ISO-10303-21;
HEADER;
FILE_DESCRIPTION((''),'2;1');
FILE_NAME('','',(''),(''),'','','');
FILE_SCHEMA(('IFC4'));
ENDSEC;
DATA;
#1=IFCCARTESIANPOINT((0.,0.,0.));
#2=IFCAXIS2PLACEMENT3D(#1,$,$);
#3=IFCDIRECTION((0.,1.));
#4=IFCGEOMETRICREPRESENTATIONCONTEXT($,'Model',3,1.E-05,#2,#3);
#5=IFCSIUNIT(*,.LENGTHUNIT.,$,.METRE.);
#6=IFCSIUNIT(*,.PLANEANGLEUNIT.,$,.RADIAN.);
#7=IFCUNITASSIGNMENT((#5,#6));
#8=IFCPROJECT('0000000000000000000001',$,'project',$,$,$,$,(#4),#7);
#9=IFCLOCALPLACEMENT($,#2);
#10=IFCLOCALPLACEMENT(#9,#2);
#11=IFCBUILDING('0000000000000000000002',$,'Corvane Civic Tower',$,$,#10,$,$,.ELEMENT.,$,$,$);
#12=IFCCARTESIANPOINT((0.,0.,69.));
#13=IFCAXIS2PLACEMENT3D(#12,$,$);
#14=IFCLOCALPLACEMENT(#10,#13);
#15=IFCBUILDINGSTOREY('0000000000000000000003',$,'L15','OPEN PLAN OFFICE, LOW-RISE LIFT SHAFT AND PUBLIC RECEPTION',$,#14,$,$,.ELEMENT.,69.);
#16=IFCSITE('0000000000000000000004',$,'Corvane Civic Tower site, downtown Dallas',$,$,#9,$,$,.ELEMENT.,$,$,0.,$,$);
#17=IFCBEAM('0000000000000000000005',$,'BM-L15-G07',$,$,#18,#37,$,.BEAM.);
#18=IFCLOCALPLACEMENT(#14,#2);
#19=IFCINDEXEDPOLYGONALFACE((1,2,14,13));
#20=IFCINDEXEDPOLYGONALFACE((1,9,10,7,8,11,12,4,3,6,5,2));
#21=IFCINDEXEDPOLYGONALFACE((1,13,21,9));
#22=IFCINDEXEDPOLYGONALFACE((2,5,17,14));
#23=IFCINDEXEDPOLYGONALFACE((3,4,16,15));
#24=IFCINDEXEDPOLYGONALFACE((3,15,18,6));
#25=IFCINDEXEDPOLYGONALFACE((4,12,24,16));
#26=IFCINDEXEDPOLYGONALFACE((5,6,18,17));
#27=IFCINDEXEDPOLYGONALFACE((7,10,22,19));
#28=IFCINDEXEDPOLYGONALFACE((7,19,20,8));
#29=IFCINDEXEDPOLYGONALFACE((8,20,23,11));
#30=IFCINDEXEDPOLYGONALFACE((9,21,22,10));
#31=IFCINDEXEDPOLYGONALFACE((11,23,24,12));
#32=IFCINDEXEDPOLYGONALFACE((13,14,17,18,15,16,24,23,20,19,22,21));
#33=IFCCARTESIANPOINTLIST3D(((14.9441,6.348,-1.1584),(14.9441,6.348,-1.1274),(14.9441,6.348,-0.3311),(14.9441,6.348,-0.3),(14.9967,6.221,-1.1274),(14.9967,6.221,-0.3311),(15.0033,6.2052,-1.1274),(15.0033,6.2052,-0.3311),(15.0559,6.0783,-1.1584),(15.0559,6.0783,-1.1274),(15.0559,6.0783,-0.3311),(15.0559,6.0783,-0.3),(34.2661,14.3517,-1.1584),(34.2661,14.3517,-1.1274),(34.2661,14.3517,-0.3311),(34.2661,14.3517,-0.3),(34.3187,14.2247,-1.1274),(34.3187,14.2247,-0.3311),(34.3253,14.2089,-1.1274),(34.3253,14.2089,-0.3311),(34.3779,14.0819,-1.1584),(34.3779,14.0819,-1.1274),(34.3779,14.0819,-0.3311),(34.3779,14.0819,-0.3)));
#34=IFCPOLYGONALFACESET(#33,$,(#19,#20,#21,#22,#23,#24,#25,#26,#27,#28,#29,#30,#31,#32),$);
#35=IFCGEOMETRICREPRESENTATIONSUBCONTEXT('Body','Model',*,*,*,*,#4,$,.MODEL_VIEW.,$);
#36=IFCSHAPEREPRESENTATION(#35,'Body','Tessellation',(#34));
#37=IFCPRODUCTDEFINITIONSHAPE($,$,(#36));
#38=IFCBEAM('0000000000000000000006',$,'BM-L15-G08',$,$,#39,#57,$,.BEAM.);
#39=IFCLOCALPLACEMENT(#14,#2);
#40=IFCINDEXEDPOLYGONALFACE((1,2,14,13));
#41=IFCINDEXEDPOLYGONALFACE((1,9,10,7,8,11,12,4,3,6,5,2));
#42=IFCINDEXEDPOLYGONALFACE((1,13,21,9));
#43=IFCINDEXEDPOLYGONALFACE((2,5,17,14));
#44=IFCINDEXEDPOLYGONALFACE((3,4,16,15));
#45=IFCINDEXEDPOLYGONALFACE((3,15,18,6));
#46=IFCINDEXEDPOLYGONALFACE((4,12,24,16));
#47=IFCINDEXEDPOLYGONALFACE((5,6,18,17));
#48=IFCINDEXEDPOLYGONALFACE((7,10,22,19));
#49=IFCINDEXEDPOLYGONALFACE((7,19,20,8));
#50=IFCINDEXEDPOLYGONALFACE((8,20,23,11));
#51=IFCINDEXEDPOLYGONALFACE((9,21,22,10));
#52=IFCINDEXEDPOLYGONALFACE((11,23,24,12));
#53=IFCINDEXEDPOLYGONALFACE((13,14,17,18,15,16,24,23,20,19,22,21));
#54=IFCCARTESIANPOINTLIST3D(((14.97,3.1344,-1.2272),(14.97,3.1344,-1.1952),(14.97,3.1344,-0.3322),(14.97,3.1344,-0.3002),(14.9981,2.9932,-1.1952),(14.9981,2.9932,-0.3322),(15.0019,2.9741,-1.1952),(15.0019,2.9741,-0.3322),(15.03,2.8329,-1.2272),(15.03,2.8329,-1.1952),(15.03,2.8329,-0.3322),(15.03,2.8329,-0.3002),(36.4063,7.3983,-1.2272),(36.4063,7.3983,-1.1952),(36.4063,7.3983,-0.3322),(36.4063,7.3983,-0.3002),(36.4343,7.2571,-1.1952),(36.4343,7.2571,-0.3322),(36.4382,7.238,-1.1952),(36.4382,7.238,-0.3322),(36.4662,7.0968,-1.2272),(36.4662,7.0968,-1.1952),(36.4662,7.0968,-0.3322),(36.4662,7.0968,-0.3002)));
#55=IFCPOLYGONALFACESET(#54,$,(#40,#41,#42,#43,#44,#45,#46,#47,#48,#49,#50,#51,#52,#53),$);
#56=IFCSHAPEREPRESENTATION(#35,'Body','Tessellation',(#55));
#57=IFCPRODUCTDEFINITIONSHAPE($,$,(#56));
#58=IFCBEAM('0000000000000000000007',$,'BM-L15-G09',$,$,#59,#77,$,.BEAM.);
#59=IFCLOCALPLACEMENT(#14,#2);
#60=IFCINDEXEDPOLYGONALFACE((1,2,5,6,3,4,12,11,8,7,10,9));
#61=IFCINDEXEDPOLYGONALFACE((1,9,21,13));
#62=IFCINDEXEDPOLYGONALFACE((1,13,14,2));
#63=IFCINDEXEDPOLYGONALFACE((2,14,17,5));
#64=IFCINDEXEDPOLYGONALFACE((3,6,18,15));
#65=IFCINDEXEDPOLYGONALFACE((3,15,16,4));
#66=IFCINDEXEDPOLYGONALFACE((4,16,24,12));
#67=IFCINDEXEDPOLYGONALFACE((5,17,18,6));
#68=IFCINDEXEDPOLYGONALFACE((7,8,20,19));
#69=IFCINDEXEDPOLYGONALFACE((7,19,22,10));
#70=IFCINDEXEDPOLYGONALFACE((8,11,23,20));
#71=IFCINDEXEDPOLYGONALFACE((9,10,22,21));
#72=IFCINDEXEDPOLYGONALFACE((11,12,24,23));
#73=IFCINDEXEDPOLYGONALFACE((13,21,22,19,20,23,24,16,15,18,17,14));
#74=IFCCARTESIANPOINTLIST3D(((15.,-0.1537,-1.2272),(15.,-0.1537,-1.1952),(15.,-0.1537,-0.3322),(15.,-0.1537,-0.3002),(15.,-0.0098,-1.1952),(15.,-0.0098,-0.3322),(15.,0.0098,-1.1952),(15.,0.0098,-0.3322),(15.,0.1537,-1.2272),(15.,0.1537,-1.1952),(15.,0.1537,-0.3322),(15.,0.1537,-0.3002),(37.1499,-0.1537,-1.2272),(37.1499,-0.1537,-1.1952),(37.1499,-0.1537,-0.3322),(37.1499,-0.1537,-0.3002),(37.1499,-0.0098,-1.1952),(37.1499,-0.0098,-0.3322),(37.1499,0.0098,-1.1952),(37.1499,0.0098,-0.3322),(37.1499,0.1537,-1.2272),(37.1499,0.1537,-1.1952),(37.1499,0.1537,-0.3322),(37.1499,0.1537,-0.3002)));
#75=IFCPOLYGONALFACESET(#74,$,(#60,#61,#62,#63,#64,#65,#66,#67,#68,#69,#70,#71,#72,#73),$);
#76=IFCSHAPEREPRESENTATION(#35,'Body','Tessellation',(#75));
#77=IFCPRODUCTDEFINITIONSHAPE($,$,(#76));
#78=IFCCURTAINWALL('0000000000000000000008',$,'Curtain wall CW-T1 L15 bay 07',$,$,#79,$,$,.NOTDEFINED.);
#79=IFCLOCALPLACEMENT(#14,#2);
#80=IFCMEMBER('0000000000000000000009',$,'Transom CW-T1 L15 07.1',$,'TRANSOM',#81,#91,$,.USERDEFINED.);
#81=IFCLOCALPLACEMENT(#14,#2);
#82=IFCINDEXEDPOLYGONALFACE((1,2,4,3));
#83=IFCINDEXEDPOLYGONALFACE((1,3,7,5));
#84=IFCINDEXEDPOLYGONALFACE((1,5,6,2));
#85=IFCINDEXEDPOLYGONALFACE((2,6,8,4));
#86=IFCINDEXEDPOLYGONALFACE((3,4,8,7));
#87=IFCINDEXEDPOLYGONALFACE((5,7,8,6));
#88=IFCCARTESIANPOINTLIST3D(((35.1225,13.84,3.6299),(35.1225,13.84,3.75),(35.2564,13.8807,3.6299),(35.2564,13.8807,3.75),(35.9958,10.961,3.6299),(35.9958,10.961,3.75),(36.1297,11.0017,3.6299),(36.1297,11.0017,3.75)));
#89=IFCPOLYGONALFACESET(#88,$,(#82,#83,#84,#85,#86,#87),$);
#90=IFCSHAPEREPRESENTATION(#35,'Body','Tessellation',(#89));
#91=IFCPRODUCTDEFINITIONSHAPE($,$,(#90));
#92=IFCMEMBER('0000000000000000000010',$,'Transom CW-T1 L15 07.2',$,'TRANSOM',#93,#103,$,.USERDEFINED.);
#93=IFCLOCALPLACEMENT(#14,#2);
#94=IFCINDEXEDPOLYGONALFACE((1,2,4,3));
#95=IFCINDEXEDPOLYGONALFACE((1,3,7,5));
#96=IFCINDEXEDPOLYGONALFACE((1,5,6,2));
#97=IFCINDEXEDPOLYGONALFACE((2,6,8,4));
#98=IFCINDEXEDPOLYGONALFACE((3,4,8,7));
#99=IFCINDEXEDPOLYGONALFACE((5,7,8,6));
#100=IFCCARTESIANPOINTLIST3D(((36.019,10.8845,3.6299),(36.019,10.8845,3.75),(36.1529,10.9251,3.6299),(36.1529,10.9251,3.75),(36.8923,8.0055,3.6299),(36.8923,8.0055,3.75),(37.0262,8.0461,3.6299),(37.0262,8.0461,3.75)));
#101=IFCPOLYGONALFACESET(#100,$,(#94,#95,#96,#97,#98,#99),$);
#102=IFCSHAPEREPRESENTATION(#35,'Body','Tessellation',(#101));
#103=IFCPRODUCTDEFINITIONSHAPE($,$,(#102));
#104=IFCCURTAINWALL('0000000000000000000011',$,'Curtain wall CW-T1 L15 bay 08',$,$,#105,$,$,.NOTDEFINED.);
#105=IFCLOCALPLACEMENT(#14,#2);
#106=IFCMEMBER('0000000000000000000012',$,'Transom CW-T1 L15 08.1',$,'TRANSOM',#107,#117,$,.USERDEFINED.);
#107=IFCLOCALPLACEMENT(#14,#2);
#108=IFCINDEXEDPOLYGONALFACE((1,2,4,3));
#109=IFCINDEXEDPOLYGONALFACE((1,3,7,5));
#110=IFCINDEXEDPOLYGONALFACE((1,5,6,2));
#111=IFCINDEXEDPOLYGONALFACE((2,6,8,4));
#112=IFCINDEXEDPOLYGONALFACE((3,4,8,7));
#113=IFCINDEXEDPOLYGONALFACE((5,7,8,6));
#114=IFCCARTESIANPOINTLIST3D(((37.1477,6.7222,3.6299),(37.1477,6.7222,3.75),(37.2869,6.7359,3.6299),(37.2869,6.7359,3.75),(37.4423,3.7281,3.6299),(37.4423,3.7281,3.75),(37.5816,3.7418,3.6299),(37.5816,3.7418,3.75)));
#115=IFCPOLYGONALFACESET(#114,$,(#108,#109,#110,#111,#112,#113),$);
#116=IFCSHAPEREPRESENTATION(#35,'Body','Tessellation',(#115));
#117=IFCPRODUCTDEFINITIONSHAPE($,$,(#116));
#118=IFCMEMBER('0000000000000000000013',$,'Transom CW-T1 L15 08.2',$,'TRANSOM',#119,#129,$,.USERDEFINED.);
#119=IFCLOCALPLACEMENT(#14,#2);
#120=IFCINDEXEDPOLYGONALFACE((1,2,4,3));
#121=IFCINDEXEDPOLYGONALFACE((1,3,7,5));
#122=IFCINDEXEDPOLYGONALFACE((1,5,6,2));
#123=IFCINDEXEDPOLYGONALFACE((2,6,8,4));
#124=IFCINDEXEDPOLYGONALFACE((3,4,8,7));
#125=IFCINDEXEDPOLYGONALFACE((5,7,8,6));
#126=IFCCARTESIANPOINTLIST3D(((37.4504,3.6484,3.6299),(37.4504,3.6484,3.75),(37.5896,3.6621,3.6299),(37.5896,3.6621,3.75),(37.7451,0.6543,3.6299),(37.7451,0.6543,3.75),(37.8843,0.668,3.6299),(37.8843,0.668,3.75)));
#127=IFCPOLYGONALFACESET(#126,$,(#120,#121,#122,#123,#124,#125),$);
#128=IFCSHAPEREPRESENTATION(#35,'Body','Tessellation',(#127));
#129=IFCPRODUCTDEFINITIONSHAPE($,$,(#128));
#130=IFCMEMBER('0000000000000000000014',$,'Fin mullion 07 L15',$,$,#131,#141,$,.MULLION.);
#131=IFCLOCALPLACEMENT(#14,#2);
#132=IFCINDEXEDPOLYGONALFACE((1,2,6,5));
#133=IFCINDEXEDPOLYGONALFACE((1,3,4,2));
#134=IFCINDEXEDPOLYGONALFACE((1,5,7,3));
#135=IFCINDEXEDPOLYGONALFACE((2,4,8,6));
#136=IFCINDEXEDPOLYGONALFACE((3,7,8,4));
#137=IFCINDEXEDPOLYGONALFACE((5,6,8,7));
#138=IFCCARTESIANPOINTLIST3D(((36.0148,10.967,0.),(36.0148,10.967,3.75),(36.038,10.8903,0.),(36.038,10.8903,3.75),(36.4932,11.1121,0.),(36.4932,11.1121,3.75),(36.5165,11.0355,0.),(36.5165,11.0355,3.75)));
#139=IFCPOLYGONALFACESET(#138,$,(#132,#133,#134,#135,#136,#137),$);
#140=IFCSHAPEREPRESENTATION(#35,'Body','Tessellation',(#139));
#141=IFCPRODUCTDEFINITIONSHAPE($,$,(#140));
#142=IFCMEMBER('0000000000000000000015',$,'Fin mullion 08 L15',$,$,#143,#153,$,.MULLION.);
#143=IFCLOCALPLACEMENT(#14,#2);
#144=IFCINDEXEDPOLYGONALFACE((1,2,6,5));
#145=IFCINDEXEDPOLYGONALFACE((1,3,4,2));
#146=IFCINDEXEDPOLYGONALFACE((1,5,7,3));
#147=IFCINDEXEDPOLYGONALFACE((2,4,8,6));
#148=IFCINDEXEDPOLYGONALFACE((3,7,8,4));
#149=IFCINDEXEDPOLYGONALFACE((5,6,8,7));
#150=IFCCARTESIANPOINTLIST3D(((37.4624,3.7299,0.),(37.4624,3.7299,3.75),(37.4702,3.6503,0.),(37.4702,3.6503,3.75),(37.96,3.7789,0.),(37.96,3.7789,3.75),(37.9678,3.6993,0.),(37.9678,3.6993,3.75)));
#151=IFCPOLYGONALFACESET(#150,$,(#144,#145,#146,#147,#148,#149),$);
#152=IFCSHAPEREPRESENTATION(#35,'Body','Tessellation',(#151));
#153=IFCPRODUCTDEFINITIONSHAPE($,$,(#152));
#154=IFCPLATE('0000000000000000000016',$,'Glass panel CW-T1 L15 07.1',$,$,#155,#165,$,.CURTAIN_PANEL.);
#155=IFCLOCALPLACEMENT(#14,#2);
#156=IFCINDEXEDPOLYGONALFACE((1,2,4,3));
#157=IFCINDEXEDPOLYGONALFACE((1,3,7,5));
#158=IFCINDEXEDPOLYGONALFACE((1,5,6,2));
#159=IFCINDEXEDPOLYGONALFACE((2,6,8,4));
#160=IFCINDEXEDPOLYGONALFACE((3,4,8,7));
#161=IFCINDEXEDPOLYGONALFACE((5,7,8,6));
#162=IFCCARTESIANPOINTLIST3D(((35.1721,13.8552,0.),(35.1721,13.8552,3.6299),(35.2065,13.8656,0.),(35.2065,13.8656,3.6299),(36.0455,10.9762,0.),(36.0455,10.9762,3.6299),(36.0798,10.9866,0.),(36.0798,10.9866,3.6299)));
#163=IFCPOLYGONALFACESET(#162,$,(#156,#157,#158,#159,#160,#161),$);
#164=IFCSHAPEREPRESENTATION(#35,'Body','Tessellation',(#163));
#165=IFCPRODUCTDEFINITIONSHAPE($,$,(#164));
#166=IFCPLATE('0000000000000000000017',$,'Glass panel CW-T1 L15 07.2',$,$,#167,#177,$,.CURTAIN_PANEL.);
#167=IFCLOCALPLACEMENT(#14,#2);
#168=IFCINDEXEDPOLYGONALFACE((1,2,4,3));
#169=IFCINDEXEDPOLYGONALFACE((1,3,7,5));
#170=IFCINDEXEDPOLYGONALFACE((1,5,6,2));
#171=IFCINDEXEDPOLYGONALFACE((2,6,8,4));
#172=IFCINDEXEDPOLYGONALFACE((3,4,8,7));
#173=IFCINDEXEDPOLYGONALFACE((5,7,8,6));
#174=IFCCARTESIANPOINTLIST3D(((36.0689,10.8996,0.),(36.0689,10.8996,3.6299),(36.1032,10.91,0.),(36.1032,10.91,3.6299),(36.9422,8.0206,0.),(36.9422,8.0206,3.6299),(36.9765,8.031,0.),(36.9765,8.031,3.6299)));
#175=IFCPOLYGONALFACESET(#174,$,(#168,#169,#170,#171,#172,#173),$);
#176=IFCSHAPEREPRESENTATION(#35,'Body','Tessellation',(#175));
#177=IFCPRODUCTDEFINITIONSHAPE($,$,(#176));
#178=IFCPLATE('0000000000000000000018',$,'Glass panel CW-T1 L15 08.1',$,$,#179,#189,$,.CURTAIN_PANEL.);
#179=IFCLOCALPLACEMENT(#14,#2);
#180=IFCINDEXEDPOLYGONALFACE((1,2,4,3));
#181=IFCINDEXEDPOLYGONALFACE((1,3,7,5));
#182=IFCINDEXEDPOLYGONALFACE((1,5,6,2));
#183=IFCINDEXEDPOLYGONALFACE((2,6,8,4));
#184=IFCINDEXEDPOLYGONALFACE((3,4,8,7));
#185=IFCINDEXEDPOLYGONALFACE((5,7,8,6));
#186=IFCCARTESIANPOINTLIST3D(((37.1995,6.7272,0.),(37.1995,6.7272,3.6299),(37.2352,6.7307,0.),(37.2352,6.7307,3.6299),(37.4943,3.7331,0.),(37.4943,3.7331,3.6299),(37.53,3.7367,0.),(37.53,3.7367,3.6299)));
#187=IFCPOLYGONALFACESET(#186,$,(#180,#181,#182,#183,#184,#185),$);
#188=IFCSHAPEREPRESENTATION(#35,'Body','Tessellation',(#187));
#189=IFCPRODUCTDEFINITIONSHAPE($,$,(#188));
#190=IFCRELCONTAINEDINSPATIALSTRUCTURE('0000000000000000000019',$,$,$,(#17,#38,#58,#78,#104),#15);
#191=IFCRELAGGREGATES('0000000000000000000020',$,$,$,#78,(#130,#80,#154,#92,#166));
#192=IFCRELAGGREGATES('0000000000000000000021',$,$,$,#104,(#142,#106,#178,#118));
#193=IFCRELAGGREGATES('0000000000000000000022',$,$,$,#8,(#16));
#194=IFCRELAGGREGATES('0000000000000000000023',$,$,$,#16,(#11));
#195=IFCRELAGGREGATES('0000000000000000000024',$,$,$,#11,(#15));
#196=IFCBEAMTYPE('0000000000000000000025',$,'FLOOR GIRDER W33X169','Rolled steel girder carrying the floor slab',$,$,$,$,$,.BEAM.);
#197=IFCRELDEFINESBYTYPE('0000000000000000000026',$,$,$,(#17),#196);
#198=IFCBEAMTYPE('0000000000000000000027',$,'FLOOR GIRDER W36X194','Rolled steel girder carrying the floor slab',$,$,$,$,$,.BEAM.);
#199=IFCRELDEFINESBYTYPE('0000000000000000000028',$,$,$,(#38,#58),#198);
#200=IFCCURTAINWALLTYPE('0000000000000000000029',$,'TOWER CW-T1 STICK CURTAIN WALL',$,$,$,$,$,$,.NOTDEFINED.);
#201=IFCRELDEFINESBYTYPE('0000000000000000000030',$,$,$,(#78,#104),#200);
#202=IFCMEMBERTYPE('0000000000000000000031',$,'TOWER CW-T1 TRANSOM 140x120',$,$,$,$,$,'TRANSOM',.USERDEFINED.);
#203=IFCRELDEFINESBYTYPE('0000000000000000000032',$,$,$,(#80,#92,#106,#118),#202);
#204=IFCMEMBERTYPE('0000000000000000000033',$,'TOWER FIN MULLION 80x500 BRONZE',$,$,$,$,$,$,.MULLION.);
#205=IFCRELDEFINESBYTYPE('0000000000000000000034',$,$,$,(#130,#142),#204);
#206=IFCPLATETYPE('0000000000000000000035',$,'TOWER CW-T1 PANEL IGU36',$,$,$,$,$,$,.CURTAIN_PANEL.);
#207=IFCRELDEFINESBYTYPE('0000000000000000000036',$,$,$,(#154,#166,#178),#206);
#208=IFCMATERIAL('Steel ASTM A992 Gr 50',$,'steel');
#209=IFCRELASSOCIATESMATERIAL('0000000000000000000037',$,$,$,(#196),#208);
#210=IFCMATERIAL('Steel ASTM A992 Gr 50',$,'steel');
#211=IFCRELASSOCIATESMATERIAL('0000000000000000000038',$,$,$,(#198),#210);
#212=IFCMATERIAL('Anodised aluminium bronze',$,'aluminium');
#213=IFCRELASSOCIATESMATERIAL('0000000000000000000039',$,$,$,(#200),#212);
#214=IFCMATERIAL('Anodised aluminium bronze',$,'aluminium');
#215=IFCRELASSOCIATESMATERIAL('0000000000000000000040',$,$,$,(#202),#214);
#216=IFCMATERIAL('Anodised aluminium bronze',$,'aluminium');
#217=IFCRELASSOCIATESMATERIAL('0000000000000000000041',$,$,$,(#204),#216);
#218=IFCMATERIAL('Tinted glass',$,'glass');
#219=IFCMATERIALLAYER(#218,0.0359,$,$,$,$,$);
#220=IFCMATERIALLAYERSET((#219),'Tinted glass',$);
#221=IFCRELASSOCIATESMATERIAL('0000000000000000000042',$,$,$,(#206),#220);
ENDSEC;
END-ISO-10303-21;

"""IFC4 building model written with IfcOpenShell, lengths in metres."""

from ifc_helpers import new_model, si_unit, direction, frame, origin, origin_2d, place, context, subcontext, project, spatial, rectangle, i_section, extrude, material, layer, layer_set, material_profile, profile_set, type_object, element, aggregate, save


model = new_model("IFC4")

# Units and contexts
model_context = context("Model", 3, precision=1e-05, world=origin(), true_north=direction((0.0, 1.0)))
body_context = subcontext(model_context, "Body", "Model", "MODEL_VIEW")
ifc_project = project(units=[si_unit("LENGTHUNIT", "METRE"), si_unit("PLANEANGLEUNIT", "RADIAN")], contexts=[model_context])

# Site, building, storey
site_placement = place(None, origin())
site = spatial("IfcSite", under=ifc_project, at=site_placement, Name="Corvane Civic Tower site, downtown Dallas", CompositionType="ELEMENT", RefElevation=0.0)
building_placement = place(site_placement, origin())
building = spatial("IfcBuilding", under=site, at=building_placement, Name="Corvane Civic Tower", CompositionType="ELEMENT")
storey_placement = place(building_placement, frame((0.0, 0.0, 69.0)))
storey = spatial("IfcBuildingStorey", under=building, at=storey_placement, Name="L15", Description="OPEN PLAN OFFICE, LOW-RISE LIFT SHAFT AND PUBLIC RECEPTION", CompositionType="ELEMENT", Elevation=69.0)

# Beams
ifc_material_1 = material(Name="Steel ASTM A992 Gr 50", Category="steel")
ifc_material_profile_1 = material_profile(ifc_material_1, i_section(OverallWidth=0.292, OverallDepth=0.8584, WebThickness=0.0171, FlangeThickness=0.031, at=origin_2d()), Name="W33X169")
ifc_profile_set_1 = profile_set([ifc_material_profile_1], Name="Steel ASTM A992 Gr 50")
beam_type_1 = type_object("IfcBeamType", Name="FLOOR GIRDER W33X169", Description="Rolled steel girder carrying the floor slab", PredefinedType="BEAM", material=ifc_profile_set_1)
beam_1_placement = place(storey_placement, frame((15.0, 6.2131, -0.7292), z_axis=(0.923876, 0.382692, 0.0), x_axis=(-0.382692, 0.923876, 0.0)))
element("IfcBeam", 1, at=beam_1_placement, inside=storey, type_object=beam_type_1, Name="BM-L15-G07", PredefinedType="BEAM", context=body_context, shape_type="SweptSolid", body=[
    extrude(i_section(OverallWidth=0.292, OverallDepth=0.8584, WebThickness=0.0171, FlangeThickness=0.031, at=origin_2d()), origin(), (0.0, 0.0, 1.0), 20.9141),
])
ifc_material_2 = material(Name="Steel ASTM A992 Gr 50", Category="steel")
ifc_material_profile_2 = material_profile(ifc_material_2, i_section(OverallWidth=0.3074, OverallDepth=0.927, WebThickness=0.0195, FlangeThickness=0.032, at=origin_2d()), Name="W36X194")
ifc_profile_set_2 = profile_set([ifc_material_profile_2], Name="Steel ASTM A992 Gr 50")
beam_type_2 = type_object("IfcBeamType", Name="FLOOR GIRDER W36X194", Description="Rolled steel girder carrying the floor slab", PredefinedType="BEAM", material=ifc_profile_set_2)
beam_2_placement = place(storey_placement, frame((15.0, 2.9836, -0.7637), z_axis=(0.980785, 0.195089, 0.0), x_axis=(-0.195089, 0.980785, 0.0)))
element("IfcBeam", 2, at=beam_2_placement, inside=storey, type_object=beam_type_2, Name="BM-L15-G08", PredefinedType="BEAM", context=body_context, shape_type="SweptSolid", body=[
    extrude(i_section(OverallWidth=0.3074, OverallDepth=0.927, WebThickness=0.0195, FlangeThickness=0.032, at=origin_2d()), origin(), (0.0, 0.0, 1.0), 21.8562),
])
beam_3_placement = place(storey_placement, frame((15.0, 0.0, -0.7637), z_axis=(1.0, 0.0, 0.0), x_axis=(0.0, 1.0, 0.0)))
element("IfcBeam", 3, at=beam_3_placement, inside=storey, type_object=beam_type_2, Name="BM-L15-G09", PredefinedType="BEAM", context=body_context, shape_type="SweptSolid", body=[
    extrude(i_section(OverallWidth=0.3074, OverallDepth=0.927, WebThickness=0.0195, FlangeThickness=0.032, at=origin_2d()), origin(), (0.0, 0.0, 1.0), 22.1499),
])

# Curtain walls, members
ifc_material_3 = material(Name="Anodised aluminium bronze", Category="aluminium")
curtain_wall_type = type_object("IfcCurtainWallType", Name="TOWER CW-T1 STICK CURTAIN WALL", PredefinedType="NOTDEFINED", material=ifc_material_3)
curtain_wall_1_placement = place(storey_placement, origin())
curtain_wall_1 = element("IfcCurtainWall", 4, at=curtain_wall_1_placement, inside=storey, type_object=curtain_wall_type, Name="Curtain wall CW-T1 L15 bay 07", PredefinedType="NOTDEFINED")
ifc_material_4 = material(Name="Anodised aluminium bronze", Category="aluminium")
ifc_material_profile_3 = material_profile(ifc_material_4, rectangle(XDim=0.1399, YDim=0.1201, at=origin_2d()), Name="TOWER CW-T1 TRANSOM 140x120")
ifc_profile_set_3 = profile_set([ifc_material_profile_3], Name="Anodised aluminium bronze")
member_type_1 = type_object("IfcMemberType", Name="TOWER CW-T1 TRANSOM 140x120", ElementType="TRANSOM", PredefinedType="USERDEFINED", material=ifc_profile_set_3)
member_1_placement = place(storey_placement, frame((35.1895, 13.8604, 3.6899), z_axis=(0.29028, -0.956942, 0.0), x_axis=(0.956942, 0.29028, 0.0)))
member_1 = element("IfcMember", 5, at=member_1_placement, type_object=member_type_1, Name="Transom CW-T1 L15 07.1", ObjectType="TRANSOM", PredefinedType="USERDEFINED", context=body_context, shape_type="SweptSolid", body=[
    extrude(rectangle(XDim=0.1399, YDim=0.1201, at=origin_2d()), origin(), (0.0, 0.0, 1.0), 3.0085),
])
member_2_placement = place(storey_placement, frame((36.0859, 10.9048, 3.6899), z_axis=(0.29028, -0.956942, 0.0), x_axis=(0.956942, 0.29028, 0.0)))
member_2 = element("IfcMember", 6, at=member_2_placement, type_object=member_type_1, Name="Transom CW-T1 L15 07.2", ObjectType="TRANSOM", PredefinedType="USERDEFINED", context=body_context, shape_type="SweptSolid", body=[
    extrude(rectangle(XDim=0.1399, YDim=0.1201, at=origin_2d()), origin(), (0.0, 0.0, 1.0), 3.0085),
])
curtain_wall_2_placement = place(storey_placement, origin())
curtain_wall_2 = element("IfcCurtainWall", 7, at=curtain_wall_2_placement, inside=storey, type_object=curtain_wall_type, Name="Curtain wall CW-T1 L15 bay 08", PredefinedType="NOTDEFINED")
member_3_placement = place(storey_placement, frame((37.2173, 6.729, 3.6899), z_axis=(0.097945, -0.995192, 0.0), x_axis=(0.995192, 0.097945, 0.0)))
member_3 = element("IfcMember", 8, at=member_3_placement, type_object=member_type_1, Name="Transom CW-T1 L15 08.1", ObjectType="TRANSOM", PredefinedType="USERDEFINED", context=body_context, shape_type="SweptSolid", body=[
    extrude(rectangle(XDim=0.1399, YDim=0.1201, at=origin_2d()), origin(), (0.0, 0.0, 1.0), 3.0085),
])
member_4_placement = place(storey_placement, frame((37.52, 3.6553, 3.6899), z_axis=(0.097945, -0.995192, 0.0), x_axis=(0.995192, 0.097945, 0.0)))
member_4 = element("IfcMember", 9, at=member_4_placement, type_object=member_type_1, Name="Transom CW-T1 L15 08.2", ObjectType="TRANSOM", PredefinedType="USERDEFINED", context=body_context, shape_type="SweptSolid", body=[
    extrude(rectangle(XDim=0.1399, YDim=0.1201, at=origin_2d()), origin(), (0.0, 0.0, 1.0), 3.0085),
])

# Members
ifc_material_5 = material(Name="Anodised aluminium bronze", Category="aluminium")
ifc_material_profile_4 = material_profile(ifc_material_5, rectangle(XDim=0.0801, YDim=0.5, at=origin_2d()), Name="TOWER FIN MULLION 80x500 BRONZE")
ifc_profile_set_4 = profile_set([ifc_material_profile_4], Name="Anodised aluminium bronze")
member_type_2 = type_object("IfcMemberType", Name="TOWER FIN MULLION 80x500 BRONZE", PredefinedType="MULLION", material=ifc_profile_set_4)
member_5_placement = place(storey_placement, frame((36.2656, 11.0012, 0.0), z_axis=(0.0, 0.0, 1.0), x_axis=(0.290278, -0.956942, 0.0)))
member_5 = element("IfcMember", 10, at=member_5_placement, type_object=member_type_2, Name="Fin mullion 07 L15", PredefinedType="MULLION", context=body_context, shape_type="SweptSolid", body=[
    extrude(rectangle(XDim=0.0801, YDim=0.5, at=origin_2d()), origin(), (0.0, 0.0, 1.0), 3.75),
])
member_6_placement = place(storey_placement, frame((37.7151, 3.7146, 0.0), z_axis=(0.0, 0.0, 1.0), x_axis=(0.098006, -0.995186, 0.0)))
member_6 = element("IfcMember", 11, at=member_6_placement, type_object=member_type_2, Name="Fin mullion 08 L15", PredefinedType="MULLION", context=body_context, shape_type="SweptSolid", body=[
    extrude(rectangle(XDim=0.0801, YDim=0.5, at=origin_2d()), origin(), (0.0, 0.0, 1.0), 3.75),
])

# Plates
ifc_material_6 = material(Name="Tinted glass", Category="glass")
ifc_layer_1 = layer(ifc_material_6, 0.0359)
ifc_layer_set_1 = layer_set([ifc_layer_1], Name="Tinted glass")
plate_type = type_object("IfcPlateType", Name="TOWER CW-T1 PANEL IGU36", PredefinedType="CURTAIN_PANEL", material=ifc_layer_set_1)
plate_1_placement = place(storey_placement, frame((35.626, 12.4209, 0.0), z_axis=(0.0, 0.0, 1.0), x_axis=(0.290278, -0.956942, 0.0)))
plate_1 = element("IfcPlate", 12, at=plate_1_placement, type_object=plate_type, Name="Glass panel CW-T1 L15 07.1", PredefinedType="CURTAIN_PANEL", context=body_context, shape_type="SweptSolid", body=[
    extrude(rectangle(XDim=3.0085, YDim=0.0359, at=origin_2d()), origin(), (0.0, 0.0, 1.0), 3.6299),
])
plate_2_placement = place(storey_placement, frame((36.5227, 9.4653, 0.0), z_axis=(0.0, 0.0, 1.0), x_axis=(0.290278, -0.956942, 0.0)))
plate_2 = element("IfcPlate", 13, at=plate_2_placement, type_object=plate_type, Name="Glass panel CW-T1 L15 07.2", PredefinedType="CURTAIN_PANEL", context=body_context, shape_type="SweptSolid", body=[
    extrude(rectangle(XDim=3.0085, YDim=0.0359, at=origin_2d()), origin(), (0.0, 0.0, 1.0), 3.6299),
])
aggregate(curtain_wall_1, [member_5, member_1, plate_1, member_2, plate_2])
plate_3_placement = place(storey_placement, frame((37.3647, 5.2319, 0.0), z_axis=(0.0, 0.0, 1.0), x_axis=(0.098006, -0.995186, 0.0)))
plate_3 = element("IfcPlate", 14, at=plate_3_placement, type_object=plate_type, Name="Glass panel CW-T1 L15 08.1", PredefinedType="CURTAIN_PANEL", context=body_context, shape_type="SweptSolid", body=[
    extrude(rectangle(XDim=3.0085, YDim=0.0359, at=origin_2d()), origin(), (0.0, 0.0, 1.0), 3.6299),
])
aggregate(curtain_wall_2, [member_6, member_3, plate_3, member_4])

save(model, "model.ifc")
